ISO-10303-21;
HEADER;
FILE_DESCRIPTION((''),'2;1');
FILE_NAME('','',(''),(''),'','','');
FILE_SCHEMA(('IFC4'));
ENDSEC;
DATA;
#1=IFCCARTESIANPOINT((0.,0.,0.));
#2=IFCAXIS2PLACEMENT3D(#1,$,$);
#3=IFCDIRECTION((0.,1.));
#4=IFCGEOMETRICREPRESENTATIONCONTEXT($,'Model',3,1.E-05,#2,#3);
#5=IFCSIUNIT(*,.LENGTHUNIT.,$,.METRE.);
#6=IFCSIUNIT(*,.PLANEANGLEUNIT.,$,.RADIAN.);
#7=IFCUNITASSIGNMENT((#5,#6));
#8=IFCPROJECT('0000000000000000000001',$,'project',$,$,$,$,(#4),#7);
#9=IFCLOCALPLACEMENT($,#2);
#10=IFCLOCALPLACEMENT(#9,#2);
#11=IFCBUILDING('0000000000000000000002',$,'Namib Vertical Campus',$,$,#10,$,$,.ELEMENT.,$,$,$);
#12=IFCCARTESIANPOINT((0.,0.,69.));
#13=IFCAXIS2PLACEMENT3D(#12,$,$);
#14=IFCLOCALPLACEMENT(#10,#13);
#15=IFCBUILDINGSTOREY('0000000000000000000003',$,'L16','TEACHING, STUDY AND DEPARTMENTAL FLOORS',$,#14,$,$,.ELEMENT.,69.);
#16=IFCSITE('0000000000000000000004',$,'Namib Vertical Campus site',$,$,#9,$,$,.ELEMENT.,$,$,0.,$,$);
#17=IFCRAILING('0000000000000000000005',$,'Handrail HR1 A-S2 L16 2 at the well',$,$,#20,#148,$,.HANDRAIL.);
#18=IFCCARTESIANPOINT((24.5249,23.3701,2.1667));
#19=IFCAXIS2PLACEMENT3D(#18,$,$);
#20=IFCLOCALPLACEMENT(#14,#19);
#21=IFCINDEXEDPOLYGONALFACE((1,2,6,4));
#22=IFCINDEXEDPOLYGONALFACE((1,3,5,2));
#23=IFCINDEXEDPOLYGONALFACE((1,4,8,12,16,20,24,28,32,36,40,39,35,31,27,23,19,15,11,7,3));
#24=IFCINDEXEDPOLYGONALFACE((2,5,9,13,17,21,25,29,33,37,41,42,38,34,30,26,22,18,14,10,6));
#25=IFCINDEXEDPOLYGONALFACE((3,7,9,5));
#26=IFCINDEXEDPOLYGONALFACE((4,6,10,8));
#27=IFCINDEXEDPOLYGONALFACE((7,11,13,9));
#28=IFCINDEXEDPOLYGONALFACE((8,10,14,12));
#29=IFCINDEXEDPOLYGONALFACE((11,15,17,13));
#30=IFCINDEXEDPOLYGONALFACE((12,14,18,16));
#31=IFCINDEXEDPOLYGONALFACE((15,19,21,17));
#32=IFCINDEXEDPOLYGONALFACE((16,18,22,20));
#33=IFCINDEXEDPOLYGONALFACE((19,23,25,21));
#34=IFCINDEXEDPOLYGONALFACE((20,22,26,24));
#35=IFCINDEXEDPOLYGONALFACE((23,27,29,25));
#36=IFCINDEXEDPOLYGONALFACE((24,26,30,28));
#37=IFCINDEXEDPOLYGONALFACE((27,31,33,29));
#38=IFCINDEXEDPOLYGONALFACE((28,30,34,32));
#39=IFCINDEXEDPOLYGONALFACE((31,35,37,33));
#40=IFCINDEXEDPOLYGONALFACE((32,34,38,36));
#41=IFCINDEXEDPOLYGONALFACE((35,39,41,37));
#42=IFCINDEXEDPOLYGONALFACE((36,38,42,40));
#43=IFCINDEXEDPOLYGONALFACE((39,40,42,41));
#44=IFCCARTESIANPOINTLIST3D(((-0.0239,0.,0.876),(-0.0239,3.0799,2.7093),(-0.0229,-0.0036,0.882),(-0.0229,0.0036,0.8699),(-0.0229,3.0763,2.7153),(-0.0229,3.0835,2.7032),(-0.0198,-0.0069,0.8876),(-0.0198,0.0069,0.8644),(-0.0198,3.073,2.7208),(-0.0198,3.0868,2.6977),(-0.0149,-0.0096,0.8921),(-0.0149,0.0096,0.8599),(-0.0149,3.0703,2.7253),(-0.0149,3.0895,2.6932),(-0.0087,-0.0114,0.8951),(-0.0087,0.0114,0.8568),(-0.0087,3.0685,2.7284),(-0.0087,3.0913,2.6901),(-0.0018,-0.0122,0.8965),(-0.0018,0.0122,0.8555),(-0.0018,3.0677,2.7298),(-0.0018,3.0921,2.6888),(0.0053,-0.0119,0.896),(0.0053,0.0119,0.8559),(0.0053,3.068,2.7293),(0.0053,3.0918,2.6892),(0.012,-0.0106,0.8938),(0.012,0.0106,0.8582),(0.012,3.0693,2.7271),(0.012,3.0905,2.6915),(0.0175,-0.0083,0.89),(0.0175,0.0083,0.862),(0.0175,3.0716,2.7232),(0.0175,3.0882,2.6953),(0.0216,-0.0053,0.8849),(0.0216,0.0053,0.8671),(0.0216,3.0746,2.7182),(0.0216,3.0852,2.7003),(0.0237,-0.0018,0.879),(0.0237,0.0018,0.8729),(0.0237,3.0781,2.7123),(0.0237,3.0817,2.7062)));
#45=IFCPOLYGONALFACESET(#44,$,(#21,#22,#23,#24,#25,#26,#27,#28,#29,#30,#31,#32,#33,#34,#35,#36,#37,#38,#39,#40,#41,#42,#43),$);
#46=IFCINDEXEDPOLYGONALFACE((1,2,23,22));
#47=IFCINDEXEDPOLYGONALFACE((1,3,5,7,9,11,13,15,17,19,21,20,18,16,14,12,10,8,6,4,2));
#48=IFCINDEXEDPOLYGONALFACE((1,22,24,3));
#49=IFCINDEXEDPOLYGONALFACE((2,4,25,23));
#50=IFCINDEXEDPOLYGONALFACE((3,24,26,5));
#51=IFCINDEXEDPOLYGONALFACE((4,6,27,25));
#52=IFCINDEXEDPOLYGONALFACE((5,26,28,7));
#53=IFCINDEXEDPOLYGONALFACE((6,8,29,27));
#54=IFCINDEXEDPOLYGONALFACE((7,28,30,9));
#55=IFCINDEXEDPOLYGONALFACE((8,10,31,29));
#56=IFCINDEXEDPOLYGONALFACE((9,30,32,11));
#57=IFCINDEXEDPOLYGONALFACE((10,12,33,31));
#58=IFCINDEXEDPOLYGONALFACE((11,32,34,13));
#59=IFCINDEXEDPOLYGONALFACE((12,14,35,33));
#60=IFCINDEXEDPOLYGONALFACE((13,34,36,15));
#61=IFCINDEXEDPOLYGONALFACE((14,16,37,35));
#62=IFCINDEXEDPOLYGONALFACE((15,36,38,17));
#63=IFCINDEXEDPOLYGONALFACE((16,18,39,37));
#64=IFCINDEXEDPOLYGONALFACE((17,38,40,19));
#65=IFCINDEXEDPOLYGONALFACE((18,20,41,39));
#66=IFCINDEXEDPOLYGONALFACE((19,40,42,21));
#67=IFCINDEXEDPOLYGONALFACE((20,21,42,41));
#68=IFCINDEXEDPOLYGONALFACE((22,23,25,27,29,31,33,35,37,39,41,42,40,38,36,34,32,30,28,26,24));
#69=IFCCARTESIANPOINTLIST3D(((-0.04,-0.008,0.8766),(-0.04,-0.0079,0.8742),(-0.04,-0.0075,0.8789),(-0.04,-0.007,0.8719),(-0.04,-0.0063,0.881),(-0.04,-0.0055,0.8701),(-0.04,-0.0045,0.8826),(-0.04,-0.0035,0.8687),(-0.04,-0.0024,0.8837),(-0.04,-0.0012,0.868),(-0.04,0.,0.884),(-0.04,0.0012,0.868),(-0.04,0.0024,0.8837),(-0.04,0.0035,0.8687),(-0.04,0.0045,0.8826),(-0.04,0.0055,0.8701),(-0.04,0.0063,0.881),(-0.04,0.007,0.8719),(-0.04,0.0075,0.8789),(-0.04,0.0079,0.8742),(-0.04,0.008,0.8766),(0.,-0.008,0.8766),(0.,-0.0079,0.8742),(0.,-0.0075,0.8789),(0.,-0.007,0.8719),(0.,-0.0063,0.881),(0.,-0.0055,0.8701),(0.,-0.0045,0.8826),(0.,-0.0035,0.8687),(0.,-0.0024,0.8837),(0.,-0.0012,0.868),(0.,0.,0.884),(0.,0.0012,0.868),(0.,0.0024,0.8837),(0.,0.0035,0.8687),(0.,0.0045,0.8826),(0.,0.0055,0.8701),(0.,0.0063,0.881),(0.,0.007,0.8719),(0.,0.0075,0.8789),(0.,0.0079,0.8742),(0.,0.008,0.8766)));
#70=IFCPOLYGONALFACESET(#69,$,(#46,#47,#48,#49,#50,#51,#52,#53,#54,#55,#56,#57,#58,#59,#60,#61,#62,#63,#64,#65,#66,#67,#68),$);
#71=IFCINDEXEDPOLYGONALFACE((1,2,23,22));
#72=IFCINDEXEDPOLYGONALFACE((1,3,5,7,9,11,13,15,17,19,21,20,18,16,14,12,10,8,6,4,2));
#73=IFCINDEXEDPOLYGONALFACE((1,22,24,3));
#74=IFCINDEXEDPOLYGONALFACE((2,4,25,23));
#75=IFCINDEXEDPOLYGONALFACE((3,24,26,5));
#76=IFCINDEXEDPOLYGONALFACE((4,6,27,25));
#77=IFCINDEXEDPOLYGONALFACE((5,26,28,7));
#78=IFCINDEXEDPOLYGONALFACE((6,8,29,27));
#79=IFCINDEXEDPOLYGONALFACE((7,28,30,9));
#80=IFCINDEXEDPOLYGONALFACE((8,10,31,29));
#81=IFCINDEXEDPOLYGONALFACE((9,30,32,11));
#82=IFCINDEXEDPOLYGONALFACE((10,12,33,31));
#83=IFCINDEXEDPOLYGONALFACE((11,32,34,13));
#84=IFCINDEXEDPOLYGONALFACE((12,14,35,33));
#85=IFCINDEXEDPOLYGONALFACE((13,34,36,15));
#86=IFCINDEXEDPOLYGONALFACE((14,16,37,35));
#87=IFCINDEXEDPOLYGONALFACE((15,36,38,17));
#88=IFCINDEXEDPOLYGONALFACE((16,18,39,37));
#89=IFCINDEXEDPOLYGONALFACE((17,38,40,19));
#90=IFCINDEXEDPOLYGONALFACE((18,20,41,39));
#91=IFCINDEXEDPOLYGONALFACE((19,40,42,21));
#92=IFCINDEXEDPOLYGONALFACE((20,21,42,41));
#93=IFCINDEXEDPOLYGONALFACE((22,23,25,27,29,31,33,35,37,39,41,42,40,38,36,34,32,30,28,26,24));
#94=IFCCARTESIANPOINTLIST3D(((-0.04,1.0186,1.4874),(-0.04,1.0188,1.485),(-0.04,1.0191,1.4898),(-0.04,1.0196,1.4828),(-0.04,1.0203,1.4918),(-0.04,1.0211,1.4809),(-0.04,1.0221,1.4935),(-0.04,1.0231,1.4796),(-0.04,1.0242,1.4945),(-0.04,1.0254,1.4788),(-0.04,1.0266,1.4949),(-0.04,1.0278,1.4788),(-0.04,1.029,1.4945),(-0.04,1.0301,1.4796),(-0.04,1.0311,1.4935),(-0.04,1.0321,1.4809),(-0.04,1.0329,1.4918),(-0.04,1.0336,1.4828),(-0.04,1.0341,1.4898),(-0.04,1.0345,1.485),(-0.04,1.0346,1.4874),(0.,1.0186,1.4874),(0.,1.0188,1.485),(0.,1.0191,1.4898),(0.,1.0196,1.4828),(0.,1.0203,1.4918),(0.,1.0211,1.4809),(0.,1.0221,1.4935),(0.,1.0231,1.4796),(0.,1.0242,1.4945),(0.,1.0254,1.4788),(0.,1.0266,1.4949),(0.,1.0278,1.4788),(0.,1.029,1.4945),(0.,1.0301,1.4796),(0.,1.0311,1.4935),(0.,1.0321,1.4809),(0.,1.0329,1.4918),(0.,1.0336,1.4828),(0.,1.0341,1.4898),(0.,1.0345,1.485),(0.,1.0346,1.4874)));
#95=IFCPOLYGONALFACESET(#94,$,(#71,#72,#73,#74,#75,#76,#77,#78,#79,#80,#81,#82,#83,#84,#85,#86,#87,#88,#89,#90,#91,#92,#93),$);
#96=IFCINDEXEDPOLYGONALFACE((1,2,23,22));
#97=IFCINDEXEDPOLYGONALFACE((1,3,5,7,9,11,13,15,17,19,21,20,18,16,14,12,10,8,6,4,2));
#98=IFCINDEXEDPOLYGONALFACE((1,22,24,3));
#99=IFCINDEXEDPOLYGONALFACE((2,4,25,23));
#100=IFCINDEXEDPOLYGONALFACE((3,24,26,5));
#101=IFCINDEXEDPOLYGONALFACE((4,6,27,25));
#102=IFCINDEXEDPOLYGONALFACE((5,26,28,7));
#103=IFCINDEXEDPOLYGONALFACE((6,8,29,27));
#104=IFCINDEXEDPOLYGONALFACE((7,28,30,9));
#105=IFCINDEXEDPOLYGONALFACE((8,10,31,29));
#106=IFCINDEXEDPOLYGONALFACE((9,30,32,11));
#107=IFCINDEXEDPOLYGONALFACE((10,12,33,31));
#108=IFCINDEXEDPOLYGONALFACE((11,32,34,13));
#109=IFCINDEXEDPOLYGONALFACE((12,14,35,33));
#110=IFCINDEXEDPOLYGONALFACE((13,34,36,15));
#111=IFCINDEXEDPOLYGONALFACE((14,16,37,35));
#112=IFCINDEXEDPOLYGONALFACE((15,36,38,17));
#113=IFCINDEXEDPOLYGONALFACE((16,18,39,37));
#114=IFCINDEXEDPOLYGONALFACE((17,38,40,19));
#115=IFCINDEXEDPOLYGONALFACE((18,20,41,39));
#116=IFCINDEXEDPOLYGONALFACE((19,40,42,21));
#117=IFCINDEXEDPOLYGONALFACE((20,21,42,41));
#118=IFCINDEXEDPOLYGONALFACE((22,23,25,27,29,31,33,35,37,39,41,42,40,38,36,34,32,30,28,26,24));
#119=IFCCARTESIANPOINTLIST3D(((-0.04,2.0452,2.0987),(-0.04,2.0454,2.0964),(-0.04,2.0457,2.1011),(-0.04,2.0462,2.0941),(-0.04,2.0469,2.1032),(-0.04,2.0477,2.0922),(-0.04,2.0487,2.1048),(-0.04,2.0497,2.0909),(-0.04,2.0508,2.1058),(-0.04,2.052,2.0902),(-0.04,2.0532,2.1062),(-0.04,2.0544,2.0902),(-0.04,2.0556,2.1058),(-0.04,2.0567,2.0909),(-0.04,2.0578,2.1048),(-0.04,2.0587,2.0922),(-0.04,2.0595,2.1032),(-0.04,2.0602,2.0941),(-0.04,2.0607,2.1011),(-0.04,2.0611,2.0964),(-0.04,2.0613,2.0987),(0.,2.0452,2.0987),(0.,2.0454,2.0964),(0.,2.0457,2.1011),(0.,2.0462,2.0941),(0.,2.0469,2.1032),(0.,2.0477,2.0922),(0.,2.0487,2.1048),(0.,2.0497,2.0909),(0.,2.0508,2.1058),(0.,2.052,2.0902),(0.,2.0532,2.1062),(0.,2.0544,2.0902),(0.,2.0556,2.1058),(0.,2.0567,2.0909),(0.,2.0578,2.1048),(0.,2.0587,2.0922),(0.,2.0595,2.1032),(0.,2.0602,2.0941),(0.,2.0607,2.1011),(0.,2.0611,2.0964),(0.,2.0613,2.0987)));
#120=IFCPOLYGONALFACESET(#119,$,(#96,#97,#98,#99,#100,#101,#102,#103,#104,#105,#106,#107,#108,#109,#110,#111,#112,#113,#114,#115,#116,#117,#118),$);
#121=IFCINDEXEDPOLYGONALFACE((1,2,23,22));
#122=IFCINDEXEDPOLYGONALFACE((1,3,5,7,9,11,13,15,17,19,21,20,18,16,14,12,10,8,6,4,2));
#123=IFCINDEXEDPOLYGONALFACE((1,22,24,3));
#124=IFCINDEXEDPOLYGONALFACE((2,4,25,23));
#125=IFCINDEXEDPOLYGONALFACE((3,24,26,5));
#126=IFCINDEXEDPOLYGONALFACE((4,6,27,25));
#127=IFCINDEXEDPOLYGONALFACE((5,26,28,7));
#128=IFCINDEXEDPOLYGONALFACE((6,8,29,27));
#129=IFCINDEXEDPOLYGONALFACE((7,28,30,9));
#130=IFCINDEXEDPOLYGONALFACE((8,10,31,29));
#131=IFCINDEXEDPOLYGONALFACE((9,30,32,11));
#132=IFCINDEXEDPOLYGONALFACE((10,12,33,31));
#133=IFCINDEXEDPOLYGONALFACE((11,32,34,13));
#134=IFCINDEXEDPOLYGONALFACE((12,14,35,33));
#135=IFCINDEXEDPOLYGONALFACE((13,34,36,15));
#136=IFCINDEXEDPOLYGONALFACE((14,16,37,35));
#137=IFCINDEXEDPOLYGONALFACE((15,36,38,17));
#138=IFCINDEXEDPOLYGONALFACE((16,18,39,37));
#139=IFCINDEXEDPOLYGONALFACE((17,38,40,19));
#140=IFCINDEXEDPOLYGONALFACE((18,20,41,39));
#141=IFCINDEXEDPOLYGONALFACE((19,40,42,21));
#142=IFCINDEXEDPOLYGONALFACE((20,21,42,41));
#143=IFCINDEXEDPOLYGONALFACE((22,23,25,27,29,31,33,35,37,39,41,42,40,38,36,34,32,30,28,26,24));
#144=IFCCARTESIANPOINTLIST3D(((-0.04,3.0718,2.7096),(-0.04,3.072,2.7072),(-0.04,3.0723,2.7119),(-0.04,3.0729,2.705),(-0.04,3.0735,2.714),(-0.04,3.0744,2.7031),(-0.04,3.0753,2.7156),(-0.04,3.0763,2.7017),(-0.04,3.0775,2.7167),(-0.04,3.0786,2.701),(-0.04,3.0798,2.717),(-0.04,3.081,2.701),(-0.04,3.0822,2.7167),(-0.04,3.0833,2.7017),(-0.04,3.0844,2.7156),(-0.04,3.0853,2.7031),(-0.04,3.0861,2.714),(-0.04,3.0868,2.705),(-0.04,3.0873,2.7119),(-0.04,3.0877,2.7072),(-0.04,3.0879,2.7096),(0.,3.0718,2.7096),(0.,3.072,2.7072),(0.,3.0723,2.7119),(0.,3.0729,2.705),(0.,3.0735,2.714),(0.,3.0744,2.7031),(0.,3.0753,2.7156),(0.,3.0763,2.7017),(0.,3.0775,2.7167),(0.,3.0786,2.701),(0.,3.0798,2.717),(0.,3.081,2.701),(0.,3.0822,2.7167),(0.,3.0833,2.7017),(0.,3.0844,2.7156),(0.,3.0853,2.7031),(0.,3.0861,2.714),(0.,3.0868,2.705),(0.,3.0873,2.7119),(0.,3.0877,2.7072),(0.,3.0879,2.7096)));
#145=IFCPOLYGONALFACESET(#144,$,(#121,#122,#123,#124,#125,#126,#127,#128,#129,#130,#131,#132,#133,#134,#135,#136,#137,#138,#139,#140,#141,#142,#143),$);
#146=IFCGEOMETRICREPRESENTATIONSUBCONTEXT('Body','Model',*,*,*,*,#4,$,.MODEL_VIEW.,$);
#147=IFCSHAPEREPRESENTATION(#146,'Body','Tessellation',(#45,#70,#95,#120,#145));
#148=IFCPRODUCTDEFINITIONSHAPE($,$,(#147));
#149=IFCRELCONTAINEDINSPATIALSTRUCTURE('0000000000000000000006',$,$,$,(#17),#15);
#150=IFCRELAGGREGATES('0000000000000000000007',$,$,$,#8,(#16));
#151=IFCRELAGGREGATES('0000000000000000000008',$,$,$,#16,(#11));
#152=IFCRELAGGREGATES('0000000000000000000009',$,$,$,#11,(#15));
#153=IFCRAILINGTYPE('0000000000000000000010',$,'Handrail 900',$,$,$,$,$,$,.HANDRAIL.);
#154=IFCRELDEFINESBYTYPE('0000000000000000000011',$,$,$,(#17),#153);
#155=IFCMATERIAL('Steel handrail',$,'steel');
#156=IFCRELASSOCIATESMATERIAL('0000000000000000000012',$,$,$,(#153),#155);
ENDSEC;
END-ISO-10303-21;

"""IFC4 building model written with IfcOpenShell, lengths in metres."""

from ifc_helpers import new_model, si_unit, direction, frame, origin, origin_2d, place, context, subcontext, project, spatial, circle, extrude, material, type_object, element, save


model = new_model("IFC4")

# Units and contexts
model_context = context("Model", 3, precision=1e-05, world=origin(), true_north=direction((0.0, 1.0)))
body_context = subcontext(model_context, "Body", "Model", "MODEL_VIEW")
ifc_project = project(units=[si_unit("LENGTHUNIT", "METRE"), si_unit("PLANEANGLEUNIT", "RADIAN")], contexts=[model_context])

# Site, building, storey
site_placement = place(None, origin())
site = spatial("IfcSite", under=ifc_project, at=site_placement, Name="Namib Vertical Campus site", CompositionType="ELEMENT", RefElevation=0.0)
building_placement = place(site_placement, origin())
building = spatial("IfcBuilding", under=site, at=building_placement, Name="Namib Vertical Campus", CompositionType="ELEMENT")
storey_placement = place(building_placement, frame((0.0, 0.0, 69.0)))
storey = spatial("IfcBuildingStorey", under=building, at=storey_placement, Name="L16", Description="TEACHING, STUDY AND DEPARTMENTAL FLOORS", CompositionType="ELEMENT", Elevation=69.0)

# Railing
ifc_material_1 = material(Name="Steel handrail", Category="steel")
railing_type_1 = type_object("IfcRailingType", Name="Handrail 900", PredefinedType="HANDRAIL", material=ifc_material_1)
railing_1_placement = place(storey_placement, frame((24.5249, 23.3701, 2.1667)))
element("IfcRailing", 1, at=railing_1_placement, inside=storey, type_object=railing_type_1, Name="Handrail HR1 A-S2 L16 2 at the well", PredefinedType="HANDRAIL", context=body_context, shape_type="SweptSolid", body=[
    extrude(circle(Radius=0.0239, at=origin_2d()), frame((0.0, 0.0, 0.876), z_axis=(0.0, 0.859291, 0.511487), x_axis=(-1.0, 0.0, 0.0)), (0.0, 0.0, 1.0), 3.5842),
    extrude(circle(Radius=0.0081, at=origin_2d()), frame((0.0, 0.0, 0.876), z_axis=(-1.0, 0.0, 0.0), x_axis=(0.0, 0.0, 1.0)), (0.0, 0.0, 1.0), 0.04),
    extrude(circle(Radius=0.0081, at=origin_2d()), frame((0.0, 1.0266, 1.4868), z_axis=(-1.0, 0.0, 0.0), x_axis=(0.0, 0.0, 1.0)), (0.0, 0.0, 1.0), 0.04),
    extrude(circle(Radius=0.0081, at=origin_2d()), frame((0.0, 2.0532, 2.0981), z_axis=(-1.0, 0.0, 0.0), x_axis=(0.0, 0.0, 1.0)), (0.0, 0.0, 1.0), 0.04),
    extrude(circle(Radius=0.0081, at=origin_2d()), frame((0.0, 3.0798, 2.709), z_axis=(-1.0, 0.0, 0.0), x_axis=(0.0, 0.0, 1.0)), (0.0, 0.0, 1.0), 0.04),
])

save(model, "model.ifc")
